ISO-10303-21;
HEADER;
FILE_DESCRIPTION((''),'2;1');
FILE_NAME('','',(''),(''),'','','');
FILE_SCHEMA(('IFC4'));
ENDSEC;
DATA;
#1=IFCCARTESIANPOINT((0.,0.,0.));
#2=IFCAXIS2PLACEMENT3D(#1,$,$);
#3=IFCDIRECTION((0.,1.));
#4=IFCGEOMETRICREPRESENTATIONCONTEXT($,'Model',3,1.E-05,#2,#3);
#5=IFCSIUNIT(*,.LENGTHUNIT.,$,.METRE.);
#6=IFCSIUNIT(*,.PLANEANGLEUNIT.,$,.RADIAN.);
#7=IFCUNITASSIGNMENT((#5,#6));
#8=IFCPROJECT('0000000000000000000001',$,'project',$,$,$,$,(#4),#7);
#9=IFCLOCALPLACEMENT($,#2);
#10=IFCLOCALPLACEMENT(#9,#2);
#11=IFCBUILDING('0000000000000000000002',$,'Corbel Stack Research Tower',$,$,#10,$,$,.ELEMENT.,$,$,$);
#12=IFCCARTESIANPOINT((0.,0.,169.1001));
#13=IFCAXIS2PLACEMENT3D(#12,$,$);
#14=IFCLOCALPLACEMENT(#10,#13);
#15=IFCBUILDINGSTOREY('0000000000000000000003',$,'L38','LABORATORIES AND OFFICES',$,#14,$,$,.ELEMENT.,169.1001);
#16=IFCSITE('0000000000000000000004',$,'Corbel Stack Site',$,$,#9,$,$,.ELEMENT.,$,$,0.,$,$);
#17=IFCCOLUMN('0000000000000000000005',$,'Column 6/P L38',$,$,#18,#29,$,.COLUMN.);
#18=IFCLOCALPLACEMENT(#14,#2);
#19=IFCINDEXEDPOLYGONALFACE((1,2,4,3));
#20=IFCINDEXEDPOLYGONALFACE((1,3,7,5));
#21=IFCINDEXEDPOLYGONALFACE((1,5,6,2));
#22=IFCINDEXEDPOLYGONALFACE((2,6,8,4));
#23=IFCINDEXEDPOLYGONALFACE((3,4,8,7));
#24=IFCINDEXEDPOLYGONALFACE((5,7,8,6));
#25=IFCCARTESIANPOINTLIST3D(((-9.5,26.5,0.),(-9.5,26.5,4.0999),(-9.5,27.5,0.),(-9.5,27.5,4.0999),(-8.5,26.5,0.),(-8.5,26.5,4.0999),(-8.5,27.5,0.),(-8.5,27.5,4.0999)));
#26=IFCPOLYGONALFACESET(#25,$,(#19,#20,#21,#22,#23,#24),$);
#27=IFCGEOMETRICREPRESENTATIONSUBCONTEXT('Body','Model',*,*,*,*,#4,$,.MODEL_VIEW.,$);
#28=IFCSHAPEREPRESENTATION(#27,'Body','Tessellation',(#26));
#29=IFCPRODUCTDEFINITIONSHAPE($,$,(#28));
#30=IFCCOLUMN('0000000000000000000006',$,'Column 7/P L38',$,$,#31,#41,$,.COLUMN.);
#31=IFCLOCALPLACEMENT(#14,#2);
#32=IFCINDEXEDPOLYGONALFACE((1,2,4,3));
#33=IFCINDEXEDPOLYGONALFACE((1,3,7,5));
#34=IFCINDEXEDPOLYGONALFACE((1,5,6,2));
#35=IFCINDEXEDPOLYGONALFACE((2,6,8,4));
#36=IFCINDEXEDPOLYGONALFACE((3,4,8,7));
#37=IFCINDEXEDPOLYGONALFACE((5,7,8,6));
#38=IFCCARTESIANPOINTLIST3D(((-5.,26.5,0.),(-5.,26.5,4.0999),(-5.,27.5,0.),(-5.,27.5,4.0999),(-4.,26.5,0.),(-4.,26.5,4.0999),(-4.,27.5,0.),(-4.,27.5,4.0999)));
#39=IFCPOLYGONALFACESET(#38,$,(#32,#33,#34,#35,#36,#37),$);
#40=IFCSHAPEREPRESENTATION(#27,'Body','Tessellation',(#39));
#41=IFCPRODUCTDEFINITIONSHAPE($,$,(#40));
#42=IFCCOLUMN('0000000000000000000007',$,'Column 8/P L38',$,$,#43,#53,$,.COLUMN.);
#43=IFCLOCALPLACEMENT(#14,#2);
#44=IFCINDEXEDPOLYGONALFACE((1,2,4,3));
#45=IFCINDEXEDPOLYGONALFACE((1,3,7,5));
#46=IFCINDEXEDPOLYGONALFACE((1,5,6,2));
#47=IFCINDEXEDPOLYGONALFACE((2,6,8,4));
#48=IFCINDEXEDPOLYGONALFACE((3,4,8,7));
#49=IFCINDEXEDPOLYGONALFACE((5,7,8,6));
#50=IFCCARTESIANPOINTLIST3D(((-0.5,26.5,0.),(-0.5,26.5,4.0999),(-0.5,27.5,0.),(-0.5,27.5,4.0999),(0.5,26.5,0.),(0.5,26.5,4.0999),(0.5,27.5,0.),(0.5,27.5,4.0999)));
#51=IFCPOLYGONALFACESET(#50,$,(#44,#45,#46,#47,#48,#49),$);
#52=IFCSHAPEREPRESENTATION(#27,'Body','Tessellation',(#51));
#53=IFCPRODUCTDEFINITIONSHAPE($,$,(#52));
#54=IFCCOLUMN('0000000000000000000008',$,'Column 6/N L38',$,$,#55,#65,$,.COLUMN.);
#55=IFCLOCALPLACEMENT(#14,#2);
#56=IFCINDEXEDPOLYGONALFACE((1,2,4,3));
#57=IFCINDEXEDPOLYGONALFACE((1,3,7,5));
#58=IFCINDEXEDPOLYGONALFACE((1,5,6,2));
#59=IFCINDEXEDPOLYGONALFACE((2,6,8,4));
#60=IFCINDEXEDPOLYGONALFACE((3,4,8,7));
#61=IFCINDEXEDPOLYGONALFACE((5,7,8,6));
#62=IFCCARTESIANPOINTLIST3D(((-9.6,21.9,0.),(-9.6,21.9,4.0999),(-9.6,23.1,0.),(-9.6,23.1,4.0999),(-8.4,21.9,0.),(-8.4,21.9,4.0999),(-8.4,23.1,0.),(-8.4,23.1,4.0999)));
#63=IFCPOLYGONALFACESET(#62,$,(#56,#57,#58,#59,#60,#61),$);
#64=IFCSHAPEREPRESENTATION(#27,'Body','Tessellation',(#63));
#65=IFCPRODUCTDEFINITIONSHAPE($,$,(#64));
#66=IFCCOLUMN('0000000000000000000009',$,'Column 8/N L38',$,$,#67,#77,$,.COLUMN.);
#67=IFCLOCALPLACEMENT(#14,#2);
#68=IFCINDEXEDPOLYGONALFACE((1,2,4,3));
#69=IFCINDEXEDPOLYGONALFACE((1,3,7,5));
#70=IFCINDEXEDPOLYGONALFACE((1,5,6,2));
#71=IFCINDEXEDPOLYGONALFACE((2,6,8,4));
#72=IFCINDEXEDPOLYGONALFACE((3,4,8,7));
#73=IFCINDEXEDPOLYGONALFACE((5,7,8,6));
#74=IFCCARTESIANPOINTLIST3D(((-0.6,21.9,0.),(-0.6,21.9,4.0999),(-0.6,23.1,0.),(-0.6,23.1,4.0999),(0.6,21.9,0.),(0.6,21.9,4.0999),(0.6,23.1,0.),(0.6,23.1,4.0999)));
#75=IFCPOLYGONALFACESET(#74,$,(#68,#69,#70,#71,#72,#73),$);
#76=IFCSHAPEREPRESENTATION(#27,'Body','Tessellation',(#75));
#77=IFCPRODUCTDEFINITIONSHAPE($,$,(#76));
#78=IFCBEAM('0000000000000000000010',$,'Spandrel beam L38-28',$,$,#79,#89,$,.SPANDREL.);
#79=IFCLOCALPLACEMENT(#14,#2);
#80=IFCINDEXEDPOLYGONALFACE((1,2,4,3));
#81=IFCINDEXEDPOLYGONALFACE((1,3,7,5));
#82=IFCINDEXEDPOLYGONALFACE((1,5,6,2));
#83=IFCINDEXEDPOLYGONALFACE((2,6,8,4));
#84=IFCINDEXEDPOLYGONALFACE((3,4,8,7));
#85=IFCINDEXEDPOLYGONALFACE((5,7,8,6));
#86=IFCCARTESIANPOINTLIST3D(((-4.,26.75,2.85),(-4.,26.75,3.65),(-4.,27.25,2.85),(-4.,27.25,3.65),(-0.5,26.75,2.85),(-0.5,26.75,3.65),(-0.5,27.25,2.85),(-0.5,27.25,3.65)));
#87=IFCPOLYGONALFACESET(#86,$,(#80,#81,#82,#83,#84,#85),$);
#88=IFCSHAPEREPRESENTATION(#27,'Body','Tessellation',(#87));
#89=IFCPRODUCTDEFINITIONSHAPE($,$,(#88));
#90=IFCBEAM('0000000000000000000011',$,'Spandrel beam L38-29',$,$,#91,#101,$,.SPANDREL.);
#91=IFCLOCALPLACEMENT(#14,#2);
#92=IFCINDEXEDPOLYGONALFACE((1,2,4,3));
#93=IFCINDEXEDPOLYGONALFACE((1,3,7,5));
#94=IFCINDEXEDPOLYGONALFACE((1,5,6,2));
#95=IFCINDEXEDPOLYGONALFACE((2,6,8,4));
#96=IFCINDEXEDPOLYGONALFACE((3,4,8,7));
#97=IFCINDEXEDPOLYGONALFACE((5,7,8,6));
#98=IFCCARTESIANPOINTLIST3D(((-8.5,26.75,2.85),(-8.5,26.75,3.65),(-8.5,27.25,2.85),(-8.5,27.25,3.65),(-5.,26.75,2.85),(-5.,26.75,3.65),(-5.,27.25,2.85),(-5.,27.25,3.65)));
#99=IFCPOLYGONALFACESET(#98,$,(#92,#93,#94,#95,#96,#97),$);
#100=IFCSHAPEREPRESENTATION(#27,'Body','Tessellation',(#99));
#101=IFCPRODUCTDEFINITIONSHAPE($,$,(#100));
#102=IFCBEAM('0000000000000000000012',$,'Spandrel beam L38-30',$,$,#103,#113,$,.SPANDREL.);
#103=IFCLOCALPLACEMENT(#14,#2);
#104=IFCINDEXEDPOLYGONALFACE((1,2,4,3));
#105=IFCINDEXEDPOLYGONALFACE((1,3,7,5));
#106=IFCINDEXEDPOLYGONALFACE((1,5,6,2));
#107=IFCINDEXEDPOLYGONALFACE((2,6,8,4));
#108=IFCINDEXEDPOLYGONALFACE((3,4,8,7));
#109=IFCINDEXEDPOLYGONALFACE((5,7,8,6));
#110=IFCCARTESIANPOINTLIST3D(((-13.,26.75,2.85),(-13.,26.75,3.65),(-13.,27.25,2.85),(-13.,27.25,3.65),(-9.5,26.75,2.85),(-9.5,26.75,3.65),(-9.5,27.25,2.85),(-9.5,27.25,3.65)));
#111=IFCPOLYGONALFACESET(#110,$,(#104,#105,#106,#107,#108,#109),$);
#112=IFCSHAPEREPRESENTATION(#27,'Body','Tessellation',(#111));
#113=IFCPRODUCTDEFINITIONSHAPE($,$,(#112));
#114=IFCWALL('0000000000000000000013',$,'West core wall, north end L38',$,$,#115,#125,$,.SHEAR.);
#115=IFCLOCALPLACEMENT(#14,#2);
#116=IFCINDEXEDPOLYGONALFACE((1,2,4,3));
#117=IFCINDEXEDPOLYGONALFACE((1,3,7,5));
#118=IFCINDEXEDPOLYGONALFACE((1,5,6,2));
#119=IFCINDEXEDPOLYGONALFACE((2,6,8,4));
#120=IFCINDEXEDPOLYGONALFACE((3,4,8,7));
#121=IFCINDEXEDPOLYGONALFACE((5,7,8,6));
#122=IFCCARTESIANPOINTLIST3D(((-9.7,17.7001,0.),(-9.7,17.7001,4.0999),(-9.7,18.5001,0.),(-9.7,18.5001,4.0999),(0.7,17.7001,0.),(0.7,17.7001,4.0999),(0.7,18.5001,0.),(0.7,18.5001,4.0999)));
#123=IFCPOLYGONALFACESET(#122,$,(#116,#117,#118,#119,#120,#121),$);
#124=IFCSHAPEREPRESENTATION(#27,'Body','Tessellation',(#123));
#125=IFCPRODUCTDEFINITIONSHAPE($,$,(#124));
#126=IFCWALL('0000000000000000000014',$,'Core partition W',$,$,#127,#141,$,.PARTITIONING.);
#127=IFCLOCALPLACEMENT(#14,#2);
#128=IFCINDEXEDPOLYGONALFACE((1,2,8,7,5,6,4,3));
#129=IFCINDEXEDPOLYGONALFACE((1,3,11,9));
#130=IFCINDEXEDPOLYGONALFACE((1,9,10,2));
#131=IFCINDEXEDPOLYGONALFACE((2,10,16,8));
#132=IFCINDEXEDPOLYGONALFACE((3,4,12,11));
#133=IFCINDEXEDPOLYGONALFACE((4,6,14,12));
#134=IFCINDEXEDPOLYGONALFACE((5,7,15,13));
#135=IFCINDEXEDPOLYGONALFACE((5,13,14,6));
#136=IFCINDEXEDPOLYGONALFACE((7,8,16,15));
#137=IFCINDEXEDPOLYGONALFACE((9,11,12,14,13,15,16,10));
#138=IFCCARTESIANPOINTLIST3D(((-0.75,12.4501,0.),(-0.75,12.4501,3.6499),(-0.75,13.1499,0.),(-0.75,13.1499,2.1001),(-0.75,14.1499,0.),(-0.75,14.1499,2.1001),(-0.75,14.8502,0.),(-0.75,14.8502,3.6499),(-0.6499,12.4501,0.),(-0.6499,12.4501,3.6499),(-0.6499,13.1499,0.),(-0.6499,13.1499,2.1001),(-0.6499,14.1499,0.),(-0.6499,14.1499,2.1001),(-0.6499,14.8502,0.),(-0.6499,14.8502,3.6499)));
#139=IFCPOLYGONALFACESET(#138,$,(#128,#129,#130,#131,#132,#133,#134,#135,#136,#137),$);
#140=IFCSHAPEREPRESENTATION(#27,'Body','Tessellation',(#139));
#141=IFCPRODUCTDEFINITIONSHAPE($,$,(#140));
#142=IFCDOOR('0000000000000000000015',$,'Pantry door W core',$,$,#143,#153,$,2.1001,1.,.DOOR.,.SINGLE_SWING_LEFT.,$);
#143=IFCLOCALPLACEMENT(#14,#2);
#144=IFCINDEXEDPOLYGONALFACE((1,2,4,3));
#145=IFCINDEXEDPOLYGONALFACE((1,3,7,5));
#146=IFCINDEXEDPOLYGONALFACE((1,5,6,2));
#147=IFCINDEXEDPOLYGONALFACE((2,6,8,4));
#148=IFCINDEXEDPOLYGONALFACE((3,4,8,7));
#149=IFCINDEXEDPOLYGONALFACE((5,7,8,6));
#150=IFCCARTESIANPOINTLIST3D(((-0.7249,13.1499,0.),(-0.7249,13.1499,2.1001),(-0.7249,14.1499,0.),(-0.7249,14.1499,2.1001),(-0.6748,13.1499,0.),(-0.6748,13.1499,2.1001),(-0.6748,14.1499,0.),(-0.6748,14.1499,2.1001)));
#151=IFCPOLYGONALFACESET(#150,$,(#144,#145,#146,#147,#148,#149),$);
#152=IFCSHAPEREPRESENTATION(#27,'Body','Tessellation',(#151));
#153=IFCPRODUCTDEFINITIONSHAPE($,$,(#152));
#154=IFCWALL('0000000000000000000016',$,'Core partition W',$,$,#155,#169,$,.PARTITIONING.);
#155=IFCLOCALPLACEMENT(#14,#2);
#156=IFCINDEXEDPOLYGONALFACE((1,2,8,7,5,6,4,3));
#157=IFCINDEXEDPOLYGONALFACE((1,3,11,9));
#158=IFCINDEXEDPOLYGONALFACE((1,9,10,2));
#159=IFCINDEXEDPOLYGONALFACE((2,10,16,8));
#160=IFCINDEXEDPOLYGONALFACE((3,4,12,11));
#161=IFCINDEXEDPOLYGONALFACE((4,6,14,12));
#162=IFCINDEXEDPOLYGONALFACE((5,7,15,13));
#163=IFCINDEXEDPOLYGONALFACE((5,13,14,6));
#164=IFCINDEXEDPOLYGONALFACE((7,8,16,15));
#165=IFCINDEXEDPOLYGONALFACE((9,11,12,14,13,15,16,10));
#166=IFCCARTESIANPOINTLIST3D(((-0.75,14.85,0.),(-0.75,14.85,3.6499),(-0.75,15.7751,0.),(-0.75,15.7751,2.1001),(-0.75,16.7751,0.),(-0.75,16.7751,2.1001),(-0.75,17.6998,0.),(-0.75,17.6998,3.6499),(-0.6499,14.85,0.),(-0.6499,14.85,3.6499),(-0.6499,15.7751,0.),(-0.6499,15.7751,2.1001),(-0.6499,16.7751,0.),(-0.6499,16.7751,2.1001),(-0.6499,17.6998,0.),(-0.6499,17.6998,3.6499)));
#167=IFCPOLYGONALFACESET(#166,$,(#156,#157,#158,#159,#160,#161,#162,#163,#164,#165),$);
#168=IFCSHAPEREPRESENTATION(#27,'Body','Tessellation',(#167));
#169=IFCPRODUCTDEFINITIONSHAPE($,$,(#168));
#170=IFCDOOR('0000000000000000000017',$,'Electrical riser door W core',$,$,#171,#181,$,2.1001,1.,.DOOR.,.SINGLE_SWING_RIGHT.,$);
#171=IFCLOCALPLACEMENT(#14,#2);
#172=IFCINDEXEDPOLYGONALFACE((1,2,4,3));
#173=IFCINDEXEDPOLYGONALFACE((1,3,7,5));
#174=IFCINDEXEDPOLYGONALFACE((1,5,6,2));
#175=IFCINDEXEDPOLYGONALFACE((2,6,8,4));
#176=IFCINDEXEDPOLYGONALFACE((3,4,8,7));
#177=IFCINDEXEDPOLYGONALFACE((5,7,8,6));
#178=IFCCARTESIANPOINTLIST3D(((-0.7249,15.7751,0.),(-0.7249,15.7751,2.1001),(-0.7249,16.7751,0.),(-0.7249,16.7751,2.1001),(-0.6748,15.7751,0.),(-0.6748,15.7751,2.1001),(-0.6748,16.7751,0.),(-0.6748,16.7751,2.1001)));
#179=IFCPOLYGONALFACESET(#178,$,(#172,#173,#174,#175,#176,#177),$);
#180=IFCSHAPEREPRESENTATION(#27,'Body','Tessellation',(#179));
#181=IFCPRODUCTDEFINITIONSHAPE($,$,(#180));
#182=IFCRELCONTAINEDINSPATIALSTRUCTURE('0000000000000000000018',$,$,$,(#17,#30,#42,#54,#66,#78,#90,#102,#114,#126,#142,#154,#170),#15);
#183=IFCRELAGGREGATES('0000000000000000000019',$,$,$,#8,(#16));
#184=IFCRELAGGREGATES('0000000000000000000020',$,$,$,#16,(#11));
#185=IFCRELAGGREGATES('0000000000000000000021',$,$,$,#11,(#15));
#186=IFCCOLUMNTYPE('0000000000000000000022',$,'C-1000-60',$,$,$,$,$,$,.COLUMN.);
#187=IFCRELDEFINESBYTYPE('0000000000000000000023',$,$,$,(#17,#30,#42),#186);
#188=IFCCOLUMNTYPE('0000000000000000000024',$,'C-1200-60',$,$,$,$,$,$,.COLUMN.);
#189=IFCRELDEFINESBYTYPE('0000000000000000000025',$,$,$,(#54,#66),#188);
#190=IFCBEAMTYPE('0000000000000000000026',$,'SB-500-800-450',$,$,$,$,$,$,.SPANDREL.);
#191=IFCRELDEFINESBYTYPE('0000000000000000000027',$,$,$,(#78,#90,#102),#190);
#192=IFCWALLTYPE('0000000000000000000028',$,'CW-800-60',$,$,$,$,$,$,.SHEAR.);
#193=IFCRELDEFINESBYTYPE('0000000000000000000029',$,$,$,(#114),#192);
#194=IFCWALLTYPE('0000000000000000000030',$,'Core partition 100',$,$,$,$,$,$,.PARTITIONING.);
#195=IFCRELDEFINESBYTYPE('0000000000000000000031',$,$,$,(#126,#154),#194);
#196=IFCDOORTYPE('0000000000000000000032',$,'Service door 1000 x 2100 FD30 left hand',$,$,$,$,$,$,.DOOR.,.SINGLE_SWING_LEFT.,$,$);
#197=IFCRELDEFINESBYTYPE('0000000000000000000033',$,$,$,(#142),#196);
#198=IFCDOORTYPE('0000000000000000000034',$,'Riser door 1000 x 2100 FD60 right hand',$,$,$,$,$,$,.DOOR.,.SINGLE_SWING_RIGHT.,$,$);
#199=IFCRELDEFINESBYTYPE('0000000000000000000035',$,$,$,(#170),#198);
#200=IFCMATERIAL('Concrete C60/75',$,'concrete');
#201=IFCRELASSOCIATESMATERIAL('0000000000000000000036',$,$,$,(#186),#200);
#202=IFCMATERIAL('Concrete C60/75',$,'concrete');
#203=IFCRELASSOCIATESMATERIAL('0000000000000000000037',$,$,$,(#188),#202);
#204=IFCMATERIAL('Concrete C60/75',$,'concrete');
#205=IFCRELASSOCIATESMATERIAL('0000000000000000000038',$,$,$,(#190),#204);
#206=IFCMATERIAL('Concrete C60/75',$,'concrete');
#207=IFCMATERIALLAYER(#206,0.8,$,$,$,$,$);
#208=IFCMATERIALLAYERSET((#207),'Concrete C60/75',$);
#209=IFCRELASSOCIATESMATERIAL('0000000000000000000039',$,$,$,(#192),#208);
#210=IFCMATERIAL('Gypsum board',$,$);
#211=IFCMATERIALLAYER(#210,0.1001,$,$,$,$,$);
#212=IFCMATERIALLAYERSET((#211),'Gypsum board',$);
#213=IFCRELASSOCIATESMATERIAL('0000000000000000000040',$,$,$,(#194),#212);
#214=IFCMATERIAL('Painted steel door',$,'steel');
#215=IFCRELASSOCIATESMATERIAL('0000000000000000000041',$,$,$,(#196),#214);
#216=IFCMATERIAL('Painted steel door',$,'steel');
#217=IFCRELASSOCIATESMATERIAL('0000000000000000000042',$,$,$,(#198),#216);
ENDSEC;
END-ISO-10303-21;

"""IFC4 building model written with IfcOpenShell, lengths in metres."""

from ifc_helpers import new_model, si_unit, direction, frame, frame_2d, origin, origin_2d, place, context, subcontext, project, spatial, rectangle, extrude, material, layer, layer_set, material_profile, profile_set, type_object, element, fill, save


model = new_model("IFC4")

# Units and contexts
model_context = context("Model", 3, precision=1e-05, world=origin(), true_north=direction((0.0, 1.0)))
body_context = subcontext(model_context, "Body", "Model", "MODEL_VIEW")
ifc_project = project(units=[si_unit("LENGTHUNIT", "METRE"), si_unit("PLANEANGLEUNIT", "RADIAN")], contexts=[model_context])

# Site, building, storey
site_placement = place(None, origin())
site = spatial("IfcSite", under=ifc_project, at=site_placement, Name="Corbel Stack Site", CompositionType="ELEMENT", RefElevation=0.0)
building_placement = place(site_placement, origin())
building = spatial("IfcBuilding", under=site, at=building_placement, Name="Corbel Stack Research Tower", CompositionType="ELEMENT")
storey_placement = place(building_placement, frame((0.0, 0.0, 169.1001)))
storey = spatial("IfcBuildingStorey", under=building, at=storey_placement, Name="L38", Description="LABORATORIES AND OFFICES", CompositionType="ELEMENT", Elevation=169.1001)

# Columns
ifc_material_1 = material(Name="Concrete C60/75", Category="concrete")
ifc_material_profile_1 = material_profile(ifc_material_1, rectangle(XDim=1.0, YDim=1.0, at=origin_2d()), Name="RC 1000 x 1000")
ifc_profile_set_1 = profile_set([ifc_material_profile_1], Name="Concrete C60/75")
column_type_1 = type_object("IfcColumnType", Name="C-1000-60", PredefinedType="COLUMN", material=ifc_profile_set_1)
for number, where, z_axis, x_axis, name in (
    (1, (-9.0, 27.0, 0.0), (0.0, 0.0, 1.0), (1.0, 0.0, 0.0), "Column 6/P L38"),
    (2, (-4.5, 27.0, 0.0), (0.0, 0.0, 1.0), (1.0, 0.0, 0.0), "Column 7/P L38"),
    (3, (0.0, 27.0, 0.0), (0.0, 0.0, 1.0), (1.0, 0.0, 0.0), "Column 8/P L38"),
):
    element("IfcColumn", number, at=place(storey_placement, frame(where, z_axis=z_axis, x_axis=x_axis)), inside=storey, type_object=column_type_1, Name=name, PredefinedType="COLUMN", context=body_context, shape_type="SweptSolid", body=[
        extrude(rectangle(XDim=1.0, YDim=1.0, at=origin_2d()), origin(), (0.0, 0.0, 1.0), 4.0999),
    ])
ifc_material_2 = material(Name="Concrete C60/75", Category="concrete")
ifc_material_profile_2 = material_profile(ifc_material_2, rectangle(XDim=1.2, YDim=1.2, at=origin_2d()), Name="RC 1200 x 1200")
ifc_profile_set_2 = profile_set([ifc_material_profile_2], Name="Concrete C60/75")
column_type_2 = type_object("IfcColumnType", Name="C-1200-60", PredefinedType="COLUMN", material=ifc_profile_set_2)
for number, where, z_axis, x_axis, name in (
    (4, (-9.0, 22.5, 0.0), (0.0, 0.0, 1.0), (1.0, 0.0, 0.0), "Column 6/N L38"),
    (5, (0.0, 22.5, 0.0), (0.0, 0.0, 1.0), (1.0, 0.0, 0.0), "Column 8/N L38"),
):
    element("IfcColumn", number, at=place(storey_placement, frame(where, z_axis=z_axis, x_axis=x_axis)), inside=storey, type_object=column_type_2, Name=name, PredefinedType="COLUMN", context=body_context, shape_type="SweptSolid", body=[
        extrude(rectangle(XDim=1.2, YDim=1.2, at=origin_2d()), origin(), (0.0, 0.0, 1.0), 4.0999),
    ])

# Beams
ifc_material_3 = material(Name="Concrete C60/75", Category="concrete")
ifc_material_profile_3 = material_profile(ifc_material_3, rectangle(XDim=0.5, YDim=0.8, at=origin_2d()), Name="RC 500 x 800")
ifc_profile_set_3 = profile_set([ifc_material_profile_3], Name="Concrete C60/75")
beam_type = type_object("IfcBeamType", Name="SB-500-800-450", PredefinedType="SPANDREL", material=ifc_profile_set_3)
for number, where, z_axis, x_axis, name in (
    (6, (-0.5, 27.0, 3.25), (-1.0, 0.0, 0.0), (0.0, -1.0, 0.0), "Spandrel beam L38-28"),
    (7, (-5.0, 27.0, 3.25), (-1.0, 0.0, 0.0), (0.0, -1.0, 0.0), "Spandrel beam L38-29"),
    (8, (-9.5, 27.0, 3.25), (-1.0, 0.0, 0.0), (0.0, -1.0, 0.0), "Spandrel beam L38-30"),
):
    element("IfcBeam", number, at=place(storey_placement, frame(where, z_axis=z_axis, x_axis=x_axis)), inside=storey, type_object=beam_type, Name=name, PredefinedType="SPANDREL", context=body_context, shape_type="SweptSolid", body=[
        extrude(rectangle(XDim=0.5, YDim=0.8, at=origin_2d()), origin(), (0.0, 0.0, 1.0), 3.5),
    ])

# Wall
ifc_material_4 = material(Name="Concrete C60/75", Category="concrete")
ifc_layer_1 = layer(ifc_material_4, 0.8)
ifc_layer_set_1 = layer_set([ifc_layer_1], Name="Concrete C60/75")
wall_type_1 = type_object("IfcWallType", Name="CW-800-60", PredefinedType="SHEAR", material=ifc_layer_set_1)
wall_1_placement = place(storey_placement, frame((-9.7, 18.1001, 0.0), z_axis=(0.0, 0.0, 1.0), x_axis=(1.0, 0.0, 0.0)))
element("IfcWall", 9, at=wall_1_placement, inside=storey, type_object=wall_type_1, Name="West core wall, north end L38", PredefinedType="SHEAR", context=body_context, shape_type="SweptSolid", body=[
    extrude(rectangle(XDim=10.3999, YDim=0.8, at=frame_2d((5.2, 0.0))), origin(), (0.0, 0.0, 1.0), 4.0999),
])

# Walls, openings, doors
ifc_material_5 = material(Name="Gypsum board")
ifc_layer_2 = layer(ifc_material_5, 0.1001)
ifc_layer_set_2 = layer_set([ifc_layer_2], Name="Gypsum board")
wall_type_2 = type_object("IfcWallType", Name="Core partition 100", PredefinedType="PARTITIONING", material=ifc_layer_set_2)
wall_2_placement = place(storey_placement, frame((-0.7, 12.45, 0.0), z_axis=(0.0, 0.0, 1.0), x_axis=(0.0, 1.0, 0.0)))
wall_2 = element("IfcWall", 10, at=wall_2_placement, inside=storey, type_object=wall_type_2, Name="Core partition W", PredefinedType="PARTITIONING", context=body_context, shape_type="SweptSolid", body=[
    extrude(rectangle(XDim=2.4001, YDim=0.1001, at=frame_2d((1.2002, 0.0))), origin(), (0.0, 0.0, 1.0), 3.6499),
])
opening_1_placement = place(wall_2_placement, frame((0.7, 0.0, 0.0)))
opening_1 = element("IfcOpeningElement", 11, at=opening_1_placement, cuts=wall_2, PredefinedType="OPENING", context=body_context, shape_type="SweptSolid", body=[
    extrude(rectangle(XDim=1.0, YDim=2.1001, at=frame_2d((0.5, 1.05))), frame((0.0, 0.0601, 0.0), z_axis=(0.0, -1.0, 0.0), x_axis=(1.0, 0.0, 0.0)), (0.0, 0.0, 1.0), 0.1201),
])
ifc_material_6 = material(Name="Painted steel door", Category="steel")
door_type_1 = type_object("IfcDoorType", Name="Service door 1000 x 2100 FD30 left hand", OperationType="SINGLE_SWING_LEFT", PredefinedType="DOOR", material=ifc_material_6)
door_1_placement = place(opening_1_placement, origin())
door_1 = element("IfcDoor", 12, at=door_1_placement, inside=storey, type_object=door_type_1, Name="Pantry door W core", OperationType="SINGLE_SWING_LEFT", OverallHeight=2.1001, OverallWidth=1.0, PredefinedType="DOOR", context=body_context, shape_type="SweptSolid", body=[
    extrude(rectangle(XDim=1.0, YDim=2.1001, at=frame_2d((0.5, 1.05))), frame((0.0, 0.0249, 0.0), z_axis=(0.0, -1.0, 0.0), x_axis=(1.0, 0.0, 0.0)), (0.0, 0.0, 1.0), 0.05),
])
fill(opening_1, door_1)
wall_3_placement = place(storey_placement, frame((-0.7, 14.8501, 0.0), z_axis=(0.0, 0.0, 1.0), x_axis=(0.0, 1.0, 0.0)))
wall_3 = element("IfcWall", 13, at=wall_3_placement, inside=storey, type_object=wall_type_2, Name="Core partition W", PredefinedType="PARTITIONING", context=body_context, shape_type="SweptSolid", body=[
    extrude(rectangle(XDim=2.8499, YDim=0.1001, at=frame_2d((1.4248, 0.0))), origin(), (0.0, 0.0, 1.0), 3.6499),
])
opening_2_placement = place(wall_3_placement, frame((0.925, 0.0, 0.0)))
opening_2 = element("IfcOpeningElement", 14, at=opening_2_placement, cuts=wall_3, PredefinedType="OPENING", context=body_context, shape_type="SweptSolid", body=[
    extrude(rectangle(XDim=1.0, YDim=2.1001, at=frame_2d((0.5, 1.05))), frame((0.0, 0.0601, 0.0), z_axis=(0.0, -1.0, 0.0), x_axis=(1.0, 0.0, 0.0)), (0.0, 0.0, 1.0), 0.1201),
])
ifc_material_7 = material(Name="Painted steel door", Category="steel")
door_type_2 = type_object("IfcDoorType", Name="Riser door 1000 x 2100 FD60 right hand", OperationType="SINGLE_SWING_RIGHT", PredefinedType="DOOR", material=ifc_material_7)
door_2_placement = place(opening_2_placement, origin())
door_2 = element("IfcDoor", 15, at=door_2_placement, inside=storey, type_object=door_type_2, Name="Electrical riser door W core", OperationType="SINGLE_SWING_RIGHT", OverallHeight=2.1001, OverallWidth=1.0, PredefinedType="DOOR", context=body_context, shape_type="SweptSolid", body=[
    extrude(rectangle(XDim=1.0, YDim=2.1001, at=frame_2d((0.5, 1.05))), frame((0.0, 0.0249, 0.0), z_axis=(0.0, -1.0, 0.0), x_axis=(1.0, 0.0, 0.0)), (0.0, 0.0, 1.0), 0.05),
])
fill(opening_2, door_2)

save(model, "model.ifc")
